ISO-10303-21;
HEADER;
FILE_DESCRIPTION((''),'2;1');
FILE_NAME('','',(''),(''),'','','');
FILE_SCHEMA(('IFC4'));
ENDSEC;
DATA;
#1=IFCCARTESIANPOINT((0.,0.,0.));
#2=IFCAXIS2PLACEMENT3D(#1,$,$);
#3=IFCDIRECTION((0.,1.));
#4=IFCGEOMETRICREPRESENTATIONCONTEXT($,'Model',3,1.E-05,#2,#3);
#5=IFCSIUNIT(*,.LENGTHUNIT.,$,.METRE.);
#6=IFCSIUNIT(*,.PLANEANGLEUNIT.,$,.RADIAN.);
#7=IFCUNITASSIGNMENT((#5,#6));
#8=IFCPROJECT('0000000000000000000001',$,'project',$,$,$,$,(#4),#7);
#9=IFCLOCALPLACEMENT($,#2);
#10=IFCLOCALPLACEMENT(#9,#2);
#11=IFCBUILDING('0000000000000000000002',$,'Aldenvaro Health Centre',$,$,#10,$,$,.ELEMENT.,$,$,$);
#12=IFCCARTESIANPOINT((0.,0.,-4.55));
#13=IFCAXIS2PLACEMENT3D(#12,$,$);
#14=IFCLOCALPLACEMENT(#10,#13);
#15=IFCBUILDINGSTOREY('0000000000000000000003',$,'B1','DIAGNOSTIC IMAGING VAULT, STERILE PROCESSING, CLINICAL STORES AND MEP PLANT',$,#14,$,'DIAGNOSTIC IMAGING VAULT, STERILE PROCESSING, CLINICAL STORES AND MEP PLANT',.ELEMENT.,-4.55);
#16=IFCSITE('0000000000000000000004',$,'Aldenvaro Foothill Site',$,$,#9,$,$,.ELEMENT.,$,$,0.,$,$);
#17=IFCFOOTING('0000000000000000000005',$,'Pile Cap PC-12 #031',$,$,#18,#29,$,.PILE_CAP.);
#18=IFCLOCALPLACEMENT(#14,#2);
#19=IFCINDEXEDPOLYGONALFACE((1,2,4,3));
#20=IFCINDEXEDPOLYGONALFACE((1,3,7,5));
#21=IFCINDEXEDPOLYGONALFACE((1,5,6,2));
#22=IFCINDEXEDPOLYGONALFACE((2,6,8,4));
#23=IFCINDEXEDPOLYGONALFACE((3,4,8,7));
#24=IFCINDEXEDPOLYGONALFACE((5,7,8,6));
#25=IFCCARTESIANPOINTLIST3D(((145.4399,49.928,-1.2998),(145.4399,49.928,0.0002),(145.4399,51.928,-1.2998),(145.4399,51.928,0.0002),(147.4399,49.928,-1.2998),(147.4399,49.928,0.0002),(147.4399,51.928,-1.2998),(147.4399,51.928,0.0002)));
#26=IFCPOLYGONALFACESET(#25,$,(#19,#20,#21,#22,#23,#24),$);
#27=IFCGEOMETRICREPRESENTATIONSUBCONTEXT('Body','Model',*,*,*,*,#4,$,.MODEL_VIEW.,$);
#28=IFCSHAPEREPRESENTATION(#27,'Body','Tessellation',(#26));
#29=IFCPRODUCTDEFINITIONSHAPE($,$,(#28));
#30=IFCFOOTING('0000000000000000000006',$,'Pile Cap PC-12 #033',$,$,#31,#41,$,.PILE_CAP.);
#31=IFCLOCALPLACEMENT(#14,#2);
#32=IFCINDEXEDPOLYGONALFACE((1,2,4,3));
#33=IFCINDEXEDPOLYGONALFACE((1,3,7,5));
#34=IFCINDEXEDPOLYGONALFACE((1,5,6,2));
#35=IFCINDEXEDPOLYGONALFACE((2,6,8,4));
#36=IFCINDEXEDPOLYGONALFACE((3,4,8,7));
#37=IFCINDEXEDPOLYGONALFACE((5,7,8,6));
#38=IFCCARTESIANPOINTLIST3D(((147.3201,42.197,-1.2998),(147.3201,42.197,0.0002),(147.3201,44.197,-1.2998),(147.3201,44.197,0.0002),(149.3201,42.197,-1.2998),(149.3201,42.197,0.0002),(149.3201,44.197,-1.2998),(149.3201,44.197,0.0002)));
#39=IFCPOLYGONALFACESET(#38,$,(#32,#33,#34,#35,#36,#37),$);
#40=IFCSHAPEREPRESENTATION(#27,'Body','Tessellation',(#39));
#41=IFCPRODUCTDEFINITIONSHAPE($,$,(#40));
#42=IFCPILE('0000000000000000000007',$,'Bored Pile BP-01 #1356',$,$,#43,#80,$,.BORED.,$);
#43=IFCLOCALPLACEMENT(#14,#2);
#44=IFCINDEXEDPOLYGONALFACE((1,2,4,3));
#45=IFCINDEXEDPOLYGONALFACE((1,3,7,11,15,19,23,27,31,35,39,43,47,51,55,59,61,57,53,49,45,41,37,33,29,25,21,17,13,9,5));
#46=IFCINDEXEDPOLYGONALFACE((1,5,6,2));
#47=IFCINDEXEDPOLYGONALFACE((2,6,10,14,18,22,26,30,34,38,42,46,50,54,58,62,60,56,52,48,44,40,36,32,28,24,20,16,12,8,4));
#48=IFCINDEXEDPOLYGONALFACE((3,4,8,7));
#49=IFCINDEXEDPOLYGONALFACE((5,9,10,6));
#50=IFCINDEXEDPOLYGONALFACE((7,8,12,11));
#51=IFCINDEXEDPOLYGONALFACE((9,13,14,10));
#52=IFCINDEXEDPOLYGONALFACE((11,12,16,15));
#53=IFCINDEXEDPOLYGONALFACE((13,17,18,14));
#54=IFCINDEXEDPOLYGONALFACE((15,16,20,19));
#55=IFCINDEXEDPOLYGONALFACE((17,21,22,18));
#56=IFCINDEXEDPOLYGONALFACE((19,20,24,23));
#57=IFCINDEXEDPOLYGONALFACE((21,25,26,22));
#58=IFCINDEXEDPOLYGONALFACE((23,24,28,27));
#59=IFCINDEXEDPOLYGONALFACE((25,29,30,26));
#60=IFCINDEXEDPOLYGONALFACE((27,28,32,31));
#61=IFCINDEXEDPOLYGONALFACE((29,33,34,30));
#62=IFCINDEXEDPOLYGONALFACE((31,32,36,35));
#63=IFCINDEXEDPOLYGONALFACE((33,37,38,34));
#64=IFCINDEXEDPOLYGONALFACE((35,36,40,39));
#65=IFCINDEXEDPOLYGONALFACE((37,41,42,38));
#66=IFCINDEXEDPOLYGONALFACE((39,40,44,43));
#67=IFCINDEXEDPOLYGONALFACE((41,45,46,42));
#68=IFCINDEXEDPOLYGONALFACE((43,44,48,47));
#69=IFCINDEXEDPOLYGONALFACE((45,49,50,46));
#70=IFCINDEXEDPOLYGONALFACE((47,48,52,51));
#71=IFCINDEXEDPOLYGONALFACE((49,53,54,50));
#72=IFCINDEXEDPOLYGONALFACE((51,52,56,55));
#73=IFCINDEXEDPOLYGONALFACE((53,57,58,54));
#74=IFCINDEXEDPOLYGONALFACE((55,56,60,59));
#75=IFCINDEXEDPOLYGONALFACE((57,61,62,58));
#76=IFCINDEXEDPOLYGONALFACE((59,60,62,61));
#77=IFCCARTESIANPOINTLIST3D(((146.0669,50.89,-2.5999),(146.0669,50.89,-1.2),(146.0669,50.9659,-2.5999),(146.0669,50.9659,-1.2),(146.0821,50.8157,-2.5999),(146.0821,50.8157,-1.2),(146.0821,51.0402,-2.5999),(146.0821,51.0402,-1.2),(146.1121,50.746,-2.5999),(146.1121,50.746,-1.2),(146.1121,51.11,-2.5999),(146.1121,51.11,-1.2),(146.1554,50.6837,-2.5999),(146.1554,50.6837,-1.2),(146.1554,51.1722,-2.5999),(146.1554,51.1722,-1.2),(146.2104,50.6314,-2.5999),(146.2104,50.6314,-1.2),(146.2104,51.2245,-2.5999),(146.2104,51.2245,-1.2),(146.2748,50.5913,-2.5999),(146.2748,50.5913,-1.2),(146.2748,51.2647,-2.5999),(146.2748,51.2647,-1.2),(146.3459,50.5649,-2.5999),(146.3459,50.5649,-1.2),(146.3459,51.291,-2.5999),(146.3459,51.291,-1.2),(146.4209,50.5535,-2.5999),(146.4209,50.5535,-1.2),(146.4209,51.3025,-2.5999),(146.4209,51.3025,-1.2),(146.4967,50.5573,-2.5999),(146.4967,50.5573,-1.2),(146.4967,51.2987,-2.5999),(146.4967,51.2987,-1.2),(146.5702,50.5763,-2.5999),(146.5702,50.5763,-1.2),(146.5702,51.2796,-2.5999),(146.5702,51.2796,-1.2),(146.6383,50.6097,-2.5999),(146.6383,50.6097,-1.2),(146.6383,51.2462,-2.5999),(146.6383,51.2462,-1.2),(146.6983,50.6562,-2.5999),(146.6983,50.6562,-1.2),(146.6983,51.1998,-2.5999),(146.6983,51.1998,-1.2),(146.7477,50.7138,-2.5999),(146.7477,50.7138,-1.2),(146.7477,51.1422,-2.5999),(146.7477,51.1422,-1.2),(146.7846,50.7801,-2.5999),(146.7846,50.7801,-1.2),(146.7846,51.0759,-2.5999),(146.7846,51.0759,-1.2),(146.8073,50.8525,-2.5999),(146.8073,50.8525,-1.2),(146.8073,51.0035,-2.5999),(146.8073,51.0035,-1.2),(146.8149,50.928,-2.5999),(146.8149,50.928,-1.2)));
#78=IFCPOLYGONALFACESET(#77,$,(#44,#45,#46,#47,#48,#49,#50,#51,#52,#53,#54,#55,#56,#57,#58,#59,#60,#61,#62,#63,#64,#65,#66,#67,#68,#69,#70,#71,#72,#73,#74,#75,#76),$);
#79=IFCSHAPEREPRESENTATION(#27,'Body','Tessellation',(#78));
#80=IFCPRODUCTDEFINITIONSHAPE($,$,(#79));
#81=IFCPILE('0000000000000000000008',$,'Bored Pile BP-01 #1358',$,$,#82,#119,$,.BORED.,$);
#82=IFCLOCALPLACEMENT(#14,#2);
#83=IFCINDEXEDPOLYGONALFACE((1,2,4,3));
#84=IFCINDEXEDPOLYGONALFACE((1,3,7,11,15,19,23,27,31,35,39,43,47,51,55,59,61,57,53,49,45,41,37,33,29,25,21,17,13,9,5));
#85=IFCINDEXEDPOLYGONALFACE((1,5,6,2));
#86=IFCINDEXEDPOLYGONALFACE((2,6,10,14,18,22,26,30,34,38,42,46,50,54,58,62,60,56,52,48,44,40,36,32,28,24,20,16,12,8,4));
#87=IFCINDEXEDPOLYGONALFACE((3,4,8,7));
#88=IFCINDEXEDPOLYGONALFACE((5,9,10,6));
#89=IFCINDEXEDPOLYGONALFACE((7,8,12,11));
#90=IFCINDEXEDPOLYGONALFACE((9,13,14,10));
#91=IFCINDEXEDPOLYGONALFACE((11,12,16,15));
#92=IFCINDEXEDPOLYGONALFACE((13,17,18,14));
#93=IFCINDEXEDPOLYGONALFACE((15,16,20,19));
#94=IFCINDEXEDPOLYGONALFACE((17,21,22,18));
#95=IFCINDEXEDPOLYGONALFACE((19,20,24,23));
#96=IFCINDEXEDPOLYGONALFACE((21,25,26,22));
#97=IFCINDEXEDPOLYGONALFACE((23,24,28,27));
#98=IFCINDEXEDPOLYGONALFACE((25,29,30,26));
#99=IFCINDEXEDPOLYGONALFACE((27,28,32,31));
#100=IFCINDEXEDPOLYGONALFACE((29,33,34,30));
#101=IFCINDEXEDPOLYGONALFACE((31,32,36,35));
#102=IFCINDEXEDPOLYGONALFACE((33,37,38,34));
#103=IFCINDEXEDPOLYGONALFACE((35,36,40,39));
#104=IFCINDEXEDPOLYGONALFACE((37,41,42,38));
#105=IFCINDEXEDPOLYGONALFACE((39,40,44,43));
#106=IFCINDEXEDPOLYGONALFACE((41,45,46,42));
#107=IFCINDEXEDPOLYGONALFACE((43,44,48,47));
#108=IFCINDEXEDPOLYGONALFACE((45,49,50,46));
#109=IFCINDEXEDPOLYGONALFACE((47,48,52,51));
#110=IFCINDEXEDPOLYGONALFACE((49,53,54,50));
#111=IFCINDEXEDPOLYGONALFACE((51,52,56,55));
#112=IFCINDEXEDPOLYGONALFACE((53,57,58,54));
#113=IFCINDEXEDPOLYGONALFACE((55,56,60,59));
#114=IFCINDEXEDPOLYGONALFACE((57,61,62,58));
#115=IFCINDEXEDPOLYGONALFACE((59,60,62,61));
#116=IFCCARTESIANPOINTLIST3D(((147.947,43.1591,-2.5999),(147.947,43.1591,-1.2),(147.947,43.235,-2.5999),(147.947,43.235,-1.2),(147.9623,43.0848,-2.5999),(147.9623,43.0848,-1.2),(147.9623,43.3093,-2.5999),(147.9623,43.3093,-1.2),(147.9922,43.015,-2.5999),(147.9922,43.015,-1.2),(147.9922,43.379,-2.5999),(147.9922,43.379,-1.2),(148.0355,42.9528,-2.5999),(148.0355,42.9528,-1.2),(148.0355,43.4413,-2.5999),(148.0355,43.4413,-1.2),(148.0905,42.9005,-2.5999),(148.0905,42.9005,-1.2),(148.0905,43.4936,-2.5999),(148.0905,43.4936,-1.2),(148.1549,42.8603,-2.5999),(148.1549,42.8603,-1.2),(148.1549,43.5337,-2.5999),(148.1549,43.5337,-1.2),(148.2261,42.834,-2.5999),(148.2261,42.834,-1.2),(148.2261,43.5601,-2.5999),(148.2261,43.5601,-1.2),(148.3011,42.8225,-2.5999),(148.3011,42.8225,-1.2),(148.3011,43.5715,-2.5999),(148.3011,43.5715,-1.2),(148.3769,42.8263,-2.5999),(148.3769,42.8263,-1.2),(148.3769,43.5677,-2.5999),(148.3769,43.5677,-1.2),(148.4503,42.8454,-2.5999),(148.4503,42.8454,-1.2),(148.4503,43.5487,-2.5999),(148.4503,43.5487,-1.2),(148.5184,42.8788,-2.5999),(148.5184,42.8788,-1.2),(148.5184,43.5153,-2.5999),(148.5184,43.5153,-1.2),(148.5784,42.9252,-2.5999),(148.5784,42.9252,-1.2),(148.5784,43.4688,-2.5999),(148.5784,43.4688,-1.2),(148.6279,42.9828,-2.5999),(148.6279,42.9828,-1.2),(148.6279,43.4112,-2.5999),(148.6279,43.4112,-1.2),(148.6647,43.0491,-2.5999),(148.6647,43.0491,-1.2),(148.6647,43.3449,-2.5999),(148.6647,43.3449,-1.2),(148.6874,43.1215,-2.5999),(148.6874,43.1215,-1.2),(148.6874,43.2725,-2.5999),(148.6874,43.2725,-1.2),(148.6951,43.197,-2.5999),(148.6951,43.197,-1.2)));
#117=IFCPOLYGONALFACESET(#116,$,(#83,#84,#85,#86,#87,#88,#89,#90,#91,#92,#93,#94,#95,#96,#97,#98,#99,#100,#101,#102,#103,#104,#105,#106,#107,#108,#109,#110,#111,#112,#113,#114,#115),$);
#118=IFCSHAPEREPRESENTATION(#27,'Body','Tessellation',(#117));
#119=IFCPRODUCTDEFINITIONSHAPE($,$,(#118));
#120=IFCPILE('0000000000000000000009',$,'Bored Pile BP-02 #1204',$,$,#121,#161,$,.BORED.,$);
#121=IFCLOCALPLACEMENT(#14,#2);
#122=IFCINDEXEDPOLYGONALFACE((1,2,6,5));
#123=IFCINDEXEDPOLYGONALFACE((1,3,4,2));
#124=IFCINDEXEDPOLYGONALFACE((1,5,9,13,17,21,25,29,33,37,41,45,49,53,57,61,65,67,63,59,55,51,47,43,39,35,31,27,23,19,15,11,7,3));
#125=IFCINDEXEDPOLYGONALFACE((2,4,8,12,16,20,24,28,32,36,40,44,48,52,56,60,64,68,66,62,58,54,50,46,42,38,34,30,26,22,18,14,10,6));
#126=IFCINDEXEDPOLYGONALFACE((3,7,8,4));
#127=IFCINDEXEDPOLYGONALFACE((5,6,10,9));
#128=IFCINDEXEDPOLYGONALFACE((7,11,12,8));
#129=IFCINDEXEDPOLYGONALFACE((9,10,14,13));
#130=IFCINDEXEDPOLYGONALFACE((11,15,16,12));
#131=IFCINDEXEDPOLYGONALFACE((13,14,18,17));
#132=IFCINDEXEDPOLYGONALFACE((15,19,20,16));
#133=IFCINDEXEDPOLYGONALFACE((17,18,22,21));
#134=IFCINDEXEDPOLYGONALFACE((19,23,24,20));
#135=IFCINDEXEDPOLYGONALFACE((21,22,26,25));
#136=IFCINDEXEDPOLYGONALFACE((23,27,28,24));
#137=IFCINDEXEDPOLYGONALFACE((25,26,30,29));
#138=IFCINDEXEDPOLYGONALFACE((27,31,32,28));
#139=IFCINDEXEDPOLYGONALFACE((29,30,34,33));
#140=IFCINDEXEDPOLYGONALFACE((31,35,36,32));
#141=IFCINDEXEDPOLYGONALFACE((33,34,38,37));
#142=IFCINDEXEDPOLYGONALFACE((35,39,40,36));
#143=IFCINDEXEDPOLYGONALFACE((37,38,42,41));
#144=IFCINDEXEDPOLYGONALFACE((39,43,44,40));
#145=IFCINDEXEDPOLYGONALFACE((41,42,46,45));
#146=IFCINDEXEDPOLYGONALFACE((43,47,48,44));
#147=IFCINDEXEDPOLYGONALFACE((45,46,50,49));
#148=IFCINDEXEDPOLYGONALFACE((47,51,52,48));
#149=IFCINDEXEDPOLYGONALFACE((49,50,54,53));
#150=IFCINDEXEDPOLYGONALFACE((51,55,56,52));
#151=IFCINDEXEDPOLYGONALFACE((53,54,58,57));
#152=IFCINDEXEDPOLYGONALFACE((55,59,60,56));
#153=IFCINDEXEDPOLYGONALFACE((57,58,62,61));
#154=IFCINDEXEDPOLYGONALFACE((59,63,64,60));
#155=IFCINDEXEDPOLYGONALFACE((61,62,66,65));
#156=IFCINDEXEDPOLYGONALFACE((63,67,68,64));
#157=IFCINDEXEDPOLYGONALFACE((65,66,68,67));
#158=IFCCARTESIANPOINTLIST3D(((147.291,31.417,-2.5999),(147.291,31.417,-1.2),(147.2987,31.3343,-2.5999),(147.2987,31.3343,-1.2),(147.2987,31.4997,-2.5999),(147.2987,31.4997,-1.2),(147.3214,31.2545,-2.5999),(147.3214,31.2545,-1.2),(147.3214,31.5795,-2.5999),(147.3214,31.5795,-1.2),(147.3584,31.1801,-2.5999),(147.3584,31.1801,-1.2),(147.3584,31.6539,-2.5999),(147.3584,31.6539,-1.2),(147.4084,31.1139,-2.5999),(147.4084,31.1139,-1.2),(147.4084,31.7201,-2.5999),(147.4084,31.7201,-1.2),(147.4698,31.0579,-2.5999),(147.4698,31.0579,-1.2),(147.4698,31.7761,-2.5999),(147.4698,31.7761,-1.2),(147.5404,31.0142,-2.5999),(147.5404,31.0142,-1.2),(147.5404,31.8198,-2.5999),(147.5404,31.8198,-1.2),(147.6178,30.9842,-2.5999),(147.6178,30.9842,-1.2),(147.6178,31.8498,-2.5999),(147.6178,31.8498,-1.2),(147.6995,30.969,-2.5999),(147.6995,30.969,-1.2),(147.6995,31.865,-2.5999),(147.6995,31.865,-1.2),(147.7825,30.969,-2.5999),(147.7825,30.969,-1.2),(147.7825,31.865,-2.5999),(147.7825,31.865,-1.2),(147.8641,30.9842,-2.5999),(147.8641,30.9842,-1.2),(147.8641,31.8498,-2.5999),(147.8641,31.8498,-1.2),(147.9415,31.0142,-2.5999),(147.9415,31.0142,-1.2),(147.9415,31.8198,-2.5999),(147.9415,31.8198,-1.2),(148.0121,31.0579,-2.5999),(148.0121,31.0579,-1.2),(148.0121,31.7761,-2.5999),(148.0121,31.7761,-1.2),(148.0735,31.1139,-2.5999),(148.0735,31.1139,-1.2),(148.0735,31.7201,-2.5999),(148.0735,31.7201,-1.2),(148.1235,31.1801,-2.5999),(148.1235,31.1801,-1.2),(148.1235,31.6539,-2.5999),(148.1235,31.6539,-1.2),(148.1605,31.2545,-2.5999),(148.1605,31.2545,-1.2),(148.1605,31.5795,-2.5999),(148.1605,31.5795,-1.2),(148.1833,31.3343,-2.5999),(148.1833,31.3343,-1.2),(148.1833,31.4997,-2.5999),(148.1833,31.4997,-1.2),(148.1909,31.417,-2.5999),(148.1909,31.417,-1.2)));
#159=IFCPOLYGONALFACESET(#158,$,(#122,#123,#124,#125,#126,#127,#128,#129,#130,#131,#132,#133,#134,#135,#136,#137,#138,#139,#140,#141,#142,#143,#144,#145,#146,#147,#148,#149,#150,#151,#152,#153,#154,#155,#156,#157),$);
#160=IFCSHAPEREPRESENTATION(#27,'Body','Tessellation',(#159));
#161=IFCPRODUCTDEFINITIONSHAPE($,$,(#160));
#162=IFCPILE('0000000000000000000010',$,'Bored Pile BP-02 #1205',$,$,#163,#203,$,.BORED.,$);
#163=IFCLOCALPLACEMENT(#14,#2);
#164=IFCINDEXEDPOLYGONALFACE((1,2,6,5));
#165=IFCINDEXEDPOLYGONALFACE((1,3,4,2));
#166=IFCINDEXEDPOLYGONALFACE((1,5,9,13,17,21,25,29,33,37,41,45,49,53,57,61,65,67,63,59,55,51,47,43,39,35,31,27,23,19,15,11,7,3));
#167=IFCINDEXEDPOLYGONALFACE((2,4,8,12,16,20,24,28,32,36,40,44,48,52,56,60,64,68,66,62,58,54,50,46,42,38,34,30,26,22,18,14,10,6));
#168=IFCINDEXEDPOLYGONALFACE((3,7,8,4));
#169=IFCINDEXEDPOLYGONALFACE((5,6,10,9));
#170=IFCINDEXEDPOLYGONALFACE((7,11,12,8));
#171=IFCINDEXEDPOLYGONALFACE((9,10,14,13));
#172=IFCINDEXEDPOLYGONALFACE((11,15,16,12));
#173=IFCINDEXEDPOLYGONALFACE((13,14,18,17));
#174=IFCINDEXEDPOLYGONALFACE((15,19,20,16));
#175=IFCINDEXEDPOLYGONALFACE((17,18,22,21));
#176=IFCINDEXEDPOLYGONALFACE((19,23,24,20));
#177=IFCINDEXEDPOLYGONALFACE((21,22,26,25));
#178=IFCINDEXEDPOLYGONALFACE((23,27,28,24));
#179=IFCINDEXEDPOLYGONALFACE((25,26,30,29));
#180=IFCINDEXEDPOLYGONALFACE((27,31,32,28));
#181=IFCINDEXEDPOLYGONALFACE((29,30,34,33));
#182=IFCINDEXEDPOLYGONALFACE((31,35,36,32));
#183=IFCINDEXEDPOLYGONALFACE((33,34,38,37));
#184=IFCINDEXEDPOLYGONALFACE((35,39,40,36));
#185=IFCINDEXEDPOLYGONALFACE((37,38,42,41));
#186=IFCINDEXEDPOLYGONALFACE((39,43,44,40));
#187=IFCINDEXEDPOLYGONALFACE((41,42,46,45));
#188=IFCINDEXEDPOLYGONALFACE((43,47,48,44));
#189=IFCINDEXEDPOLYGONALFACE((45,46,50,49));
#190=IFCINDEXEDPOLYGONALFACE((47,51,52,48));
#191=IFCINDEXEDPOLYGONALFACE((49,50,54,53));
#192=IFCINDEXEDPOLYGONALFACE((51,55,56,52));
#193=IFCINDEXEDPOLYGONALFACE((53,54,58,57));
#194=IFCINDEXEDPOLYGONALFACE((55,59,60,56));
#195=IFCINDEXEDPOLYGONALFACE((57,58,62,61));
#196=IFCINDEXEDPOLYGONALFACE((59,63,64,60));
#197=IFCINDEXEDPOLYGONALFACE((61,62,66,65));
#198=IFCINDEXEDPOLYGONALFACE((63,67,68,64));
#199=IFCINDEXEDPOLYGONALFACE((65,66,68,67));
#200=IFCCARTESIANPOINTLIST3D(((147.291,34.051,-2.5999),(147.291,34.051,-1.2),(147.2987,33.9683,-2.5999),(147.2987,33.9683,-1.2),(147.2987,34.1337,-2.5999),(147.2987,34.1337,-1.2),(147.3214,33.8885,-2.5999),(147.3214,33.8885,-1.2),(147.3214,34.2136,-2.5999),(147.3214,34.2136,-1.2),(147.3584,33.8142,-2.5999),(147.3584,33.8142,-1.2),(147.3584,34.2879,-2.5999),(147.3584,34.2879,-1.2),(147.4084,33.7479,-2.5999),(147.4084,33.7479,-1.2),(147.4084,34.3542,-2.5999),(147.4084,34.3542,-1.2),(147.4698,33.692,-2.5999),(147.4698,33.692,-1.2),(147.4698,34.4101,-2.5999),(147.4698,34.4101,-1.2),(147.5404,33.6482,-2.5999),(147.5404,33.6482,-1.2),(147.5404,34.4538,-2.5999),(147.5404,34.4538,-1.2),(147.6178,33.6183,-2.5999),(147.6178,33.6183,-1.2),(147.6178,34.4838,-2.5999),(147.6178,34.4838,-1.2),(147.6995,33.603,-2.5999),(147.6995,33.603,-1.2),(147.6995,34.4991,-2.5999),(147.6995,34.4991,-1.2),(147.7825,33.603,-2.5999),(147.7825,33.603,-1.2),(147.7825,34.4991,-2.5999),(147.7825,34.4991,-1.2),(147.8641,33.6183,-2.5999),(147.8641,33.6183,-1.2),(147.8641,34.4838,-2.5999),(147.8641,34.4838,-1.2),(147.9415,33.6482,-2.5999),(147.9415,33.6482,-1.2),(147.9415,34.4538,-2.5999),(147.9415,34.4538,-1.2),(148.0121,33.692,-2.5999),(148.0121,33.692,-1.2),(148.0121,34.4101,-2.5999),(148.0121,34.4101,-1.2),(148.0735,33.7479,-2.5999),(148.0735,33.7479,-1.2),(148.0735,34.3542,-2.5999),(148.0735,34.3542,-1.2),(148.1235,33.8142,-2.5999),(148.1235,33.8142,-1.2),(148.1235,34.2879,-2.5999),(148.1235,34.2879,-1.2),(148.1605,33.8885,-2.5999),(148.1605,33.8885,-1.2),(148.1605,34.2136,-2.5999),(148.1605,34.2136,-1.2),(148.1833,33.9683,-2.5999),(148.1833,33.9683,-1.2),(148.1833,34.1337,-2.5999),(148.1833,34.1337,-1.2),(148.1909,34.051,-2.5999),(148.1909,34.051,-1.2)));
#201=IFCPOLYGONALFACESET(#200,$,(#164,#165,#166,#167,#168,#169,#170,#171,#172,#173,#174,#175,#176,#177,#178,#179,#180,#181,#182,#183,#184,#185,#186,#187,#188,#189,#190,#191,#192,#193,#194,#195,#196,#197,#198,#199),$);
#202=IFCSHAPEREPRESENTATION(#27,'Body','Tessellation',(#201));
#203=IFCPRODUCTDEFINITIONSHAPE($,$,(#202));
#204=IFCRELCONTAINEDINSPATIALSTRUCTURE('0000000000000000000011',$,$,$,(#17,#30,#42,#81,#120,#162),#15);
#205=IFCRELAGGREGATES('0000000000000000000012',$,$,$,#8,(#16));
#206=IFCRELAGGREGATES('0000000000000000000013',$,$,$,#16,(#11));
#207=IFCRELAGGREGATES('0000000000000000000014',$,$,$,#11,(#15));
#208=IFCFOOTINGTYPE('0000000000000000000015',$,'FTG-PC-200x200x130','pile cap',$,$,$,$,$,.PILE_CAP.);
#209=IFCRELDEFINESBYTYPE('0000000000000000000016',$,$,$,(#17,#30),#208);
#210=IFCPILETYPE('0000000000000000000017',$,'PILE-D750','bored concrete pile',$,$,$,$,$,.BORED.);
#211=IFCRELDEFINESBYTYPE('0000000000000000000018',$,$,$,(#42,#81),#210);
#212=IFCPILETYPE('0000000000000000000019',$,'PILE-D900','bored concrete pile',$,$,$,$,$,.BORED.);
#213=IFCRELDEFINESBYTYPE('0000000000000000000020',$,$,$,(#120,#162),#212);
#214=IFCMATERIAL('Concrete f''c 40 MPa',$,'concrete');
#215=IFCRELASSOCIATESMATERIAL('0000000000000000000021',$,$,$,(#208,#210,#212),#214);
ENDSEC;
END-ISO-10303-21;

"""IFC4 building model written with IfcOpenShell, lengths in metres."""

from ifc_helpers import new_model, si_unit, direction, frame, origin, origin_2d, place, context, subcontext, project, spatial, rectangle, circle, extrude, material, material_profile, profile_set, type_object, element, save


model = new_model("IFC4")

# Units and contexts
model_context = context("Model", 3, precision=1e-05, world=origin(), true_north=direction((0.0, 1.0)))
body_context = subcontext(model_context, "Body", "Model", "MODEL_VIEW")
ifc_project = project(units=[si_unit("LENGTHUNIT", "METRE"), si_unit("PLANEANGLEUNIT", "RADIAN")], contexts=[model_context])

# Site, building, storey
site_placement = place(None, origin())
site = spatial("IfcSite", under=ifc_project, at=site_placement, Name="Aldenvaro Foothill Site", CompositionType="ELEMENT", RefElevation=0.0)
building_placement = place(site_placement, origin())
building = spatial("IfcBuilding", under=site, at=building_placement, Name="Aldenvaro Health Centre", CompositionType="ELEMENT")
storey_placement = place(building_placement, frame((0.0, 0.0, -4.55)))
storey = spatial("IfcBuildingStorey", under=building, at=storey_placement, Name="B1", Description="DIAGNOSTIC IMAGING VAULT, STERILE PROCESSING, CLINICAL STORES AND MEP PLANT", LongName="DIAGNOSTIC IMAGING VAULT, STERILE PROCESSING, CLINICAL STORES AND MEP PLANT", CompositionType="ELEMENT", Elevation=-4.55)

# Footings
ifc_material_1 = material(Name="Concrete f'c 40 MPa", Category="concrete")
footing_type = type_object("IfcFootingType", Name="FTG-PC-200x200x130", Description="pile cap", PredefinedType="PILE_CAP", material=ifc_material_1)
for number, where, z_axis, x_axis, name in (
    (1, (146.4399, 50.928, -1.2998), (0.0, 0.0, 1.0), (1.0, 0.0, 0.0), "Pile Cap PC-12 #031"),
    (2, (148.3201, 43.197, -1.2998), (0.0, 0.0, 1.0), (1.0, 0.0, 0.0), "Pile Cap PC-12 #033"),
):
    element("IfcFooting", number, at=place(storey_placement, frame(where, z_axis=z_axis, x_axis=x_axis)), inside=storey, type_object=footing_type, Name=name, PredefinedType="PILE_CAP", context=body_context, shape_type="SweptSolid", body=[
        extrude(rectangle(XDim=2.0, YDim=2.0, at=origin_2d()), origin(), (0.0, 0.0, 1.0), 1.3),
    ])

# Piles
ifc_material_profile_1 = material_profile(ifc_material_1, circle(Radius=0.375, at=origin_2d()), Name="PILE D750", Category="concrete")
ifc_profile_set_1 = profile_set([ifc_material_profile_1], Name="Concrete f'c 40 MPa")
pile_type_1 = type_object("IfcPileType", Name="PILE-D750", Description="bored concrete pile", PredefinedType="BORED", material=ifc_profile_set_1)
for number, where, z_axis, x_axis, name in (
    (3, (146.4399, 50.928, -1.2), (0.0, 0.0, -1.0), (1.0, 0.0, 0.0), "Bored Pile BP-01 #1356"),
    (4, (148.3201, 43.197, -1.2), (0.0, 0.0, -1.0), (1.0, 0.0, 0.0), "Bored Pile BP-01 #1358"),
):
    element("IfcPile", number, at=place(storey_placement, frame(where, z_axis=z_axis, x_axis=x_axis)), inside=storey, type_object=pile_type_1, Name=name, PredefinedType="BORED", context=body_context, shape_type="SweptSolid", body=[
        extrude(circle(Radius=0.375, at=origin_2d()), origin(), (0.0, 0.0, 1.0), 1.3999),
    ])
ifc_material_profile_2 = material_profile(ifc_material_1, circle(Radius=0.45, at=origin_2d()), Name="PILE D900", Category="concrete")
ifc_profile_set_2 = profile_set([ifc_material_profile_2], Name="Concrete f'c 40 MPa")
pile_type_2 = type_object("IfcPileType", Name="PILE-D900", Description="bored concrete pile", PredefinedType="BORED", material=ifc_profile_set_2)
for number, where, z_axis, x_axis, name in (
    (5, (147.741, 31.417, -1.2), (0.0, 0.0, -1.0), (1.0, 0.0, 0.0), "Bored Pile BP-02 #1204"),
    (6, (147.741, 34.051, -1.2), (0.0, 0.0, -1.0), (1.0, 0.0, 0.0), "Bored Pile BP-02 #1205"),
):
    element("IfcPile", number, at=place(storey_placement, frame(where, z_axis=z_axis, x_axis=x_axis)), inside=storey, type_object=pile_type_2, Name=name, PredefinedType="BORED", context=body_context, shape_type="SweptSolid", body=[
        extrude(circle(Radius=0.45, at=origin_2d()), origin(), (0.0, 0.0, 1.0), 1.3999),
    ])

save(model, "model.ifc")
